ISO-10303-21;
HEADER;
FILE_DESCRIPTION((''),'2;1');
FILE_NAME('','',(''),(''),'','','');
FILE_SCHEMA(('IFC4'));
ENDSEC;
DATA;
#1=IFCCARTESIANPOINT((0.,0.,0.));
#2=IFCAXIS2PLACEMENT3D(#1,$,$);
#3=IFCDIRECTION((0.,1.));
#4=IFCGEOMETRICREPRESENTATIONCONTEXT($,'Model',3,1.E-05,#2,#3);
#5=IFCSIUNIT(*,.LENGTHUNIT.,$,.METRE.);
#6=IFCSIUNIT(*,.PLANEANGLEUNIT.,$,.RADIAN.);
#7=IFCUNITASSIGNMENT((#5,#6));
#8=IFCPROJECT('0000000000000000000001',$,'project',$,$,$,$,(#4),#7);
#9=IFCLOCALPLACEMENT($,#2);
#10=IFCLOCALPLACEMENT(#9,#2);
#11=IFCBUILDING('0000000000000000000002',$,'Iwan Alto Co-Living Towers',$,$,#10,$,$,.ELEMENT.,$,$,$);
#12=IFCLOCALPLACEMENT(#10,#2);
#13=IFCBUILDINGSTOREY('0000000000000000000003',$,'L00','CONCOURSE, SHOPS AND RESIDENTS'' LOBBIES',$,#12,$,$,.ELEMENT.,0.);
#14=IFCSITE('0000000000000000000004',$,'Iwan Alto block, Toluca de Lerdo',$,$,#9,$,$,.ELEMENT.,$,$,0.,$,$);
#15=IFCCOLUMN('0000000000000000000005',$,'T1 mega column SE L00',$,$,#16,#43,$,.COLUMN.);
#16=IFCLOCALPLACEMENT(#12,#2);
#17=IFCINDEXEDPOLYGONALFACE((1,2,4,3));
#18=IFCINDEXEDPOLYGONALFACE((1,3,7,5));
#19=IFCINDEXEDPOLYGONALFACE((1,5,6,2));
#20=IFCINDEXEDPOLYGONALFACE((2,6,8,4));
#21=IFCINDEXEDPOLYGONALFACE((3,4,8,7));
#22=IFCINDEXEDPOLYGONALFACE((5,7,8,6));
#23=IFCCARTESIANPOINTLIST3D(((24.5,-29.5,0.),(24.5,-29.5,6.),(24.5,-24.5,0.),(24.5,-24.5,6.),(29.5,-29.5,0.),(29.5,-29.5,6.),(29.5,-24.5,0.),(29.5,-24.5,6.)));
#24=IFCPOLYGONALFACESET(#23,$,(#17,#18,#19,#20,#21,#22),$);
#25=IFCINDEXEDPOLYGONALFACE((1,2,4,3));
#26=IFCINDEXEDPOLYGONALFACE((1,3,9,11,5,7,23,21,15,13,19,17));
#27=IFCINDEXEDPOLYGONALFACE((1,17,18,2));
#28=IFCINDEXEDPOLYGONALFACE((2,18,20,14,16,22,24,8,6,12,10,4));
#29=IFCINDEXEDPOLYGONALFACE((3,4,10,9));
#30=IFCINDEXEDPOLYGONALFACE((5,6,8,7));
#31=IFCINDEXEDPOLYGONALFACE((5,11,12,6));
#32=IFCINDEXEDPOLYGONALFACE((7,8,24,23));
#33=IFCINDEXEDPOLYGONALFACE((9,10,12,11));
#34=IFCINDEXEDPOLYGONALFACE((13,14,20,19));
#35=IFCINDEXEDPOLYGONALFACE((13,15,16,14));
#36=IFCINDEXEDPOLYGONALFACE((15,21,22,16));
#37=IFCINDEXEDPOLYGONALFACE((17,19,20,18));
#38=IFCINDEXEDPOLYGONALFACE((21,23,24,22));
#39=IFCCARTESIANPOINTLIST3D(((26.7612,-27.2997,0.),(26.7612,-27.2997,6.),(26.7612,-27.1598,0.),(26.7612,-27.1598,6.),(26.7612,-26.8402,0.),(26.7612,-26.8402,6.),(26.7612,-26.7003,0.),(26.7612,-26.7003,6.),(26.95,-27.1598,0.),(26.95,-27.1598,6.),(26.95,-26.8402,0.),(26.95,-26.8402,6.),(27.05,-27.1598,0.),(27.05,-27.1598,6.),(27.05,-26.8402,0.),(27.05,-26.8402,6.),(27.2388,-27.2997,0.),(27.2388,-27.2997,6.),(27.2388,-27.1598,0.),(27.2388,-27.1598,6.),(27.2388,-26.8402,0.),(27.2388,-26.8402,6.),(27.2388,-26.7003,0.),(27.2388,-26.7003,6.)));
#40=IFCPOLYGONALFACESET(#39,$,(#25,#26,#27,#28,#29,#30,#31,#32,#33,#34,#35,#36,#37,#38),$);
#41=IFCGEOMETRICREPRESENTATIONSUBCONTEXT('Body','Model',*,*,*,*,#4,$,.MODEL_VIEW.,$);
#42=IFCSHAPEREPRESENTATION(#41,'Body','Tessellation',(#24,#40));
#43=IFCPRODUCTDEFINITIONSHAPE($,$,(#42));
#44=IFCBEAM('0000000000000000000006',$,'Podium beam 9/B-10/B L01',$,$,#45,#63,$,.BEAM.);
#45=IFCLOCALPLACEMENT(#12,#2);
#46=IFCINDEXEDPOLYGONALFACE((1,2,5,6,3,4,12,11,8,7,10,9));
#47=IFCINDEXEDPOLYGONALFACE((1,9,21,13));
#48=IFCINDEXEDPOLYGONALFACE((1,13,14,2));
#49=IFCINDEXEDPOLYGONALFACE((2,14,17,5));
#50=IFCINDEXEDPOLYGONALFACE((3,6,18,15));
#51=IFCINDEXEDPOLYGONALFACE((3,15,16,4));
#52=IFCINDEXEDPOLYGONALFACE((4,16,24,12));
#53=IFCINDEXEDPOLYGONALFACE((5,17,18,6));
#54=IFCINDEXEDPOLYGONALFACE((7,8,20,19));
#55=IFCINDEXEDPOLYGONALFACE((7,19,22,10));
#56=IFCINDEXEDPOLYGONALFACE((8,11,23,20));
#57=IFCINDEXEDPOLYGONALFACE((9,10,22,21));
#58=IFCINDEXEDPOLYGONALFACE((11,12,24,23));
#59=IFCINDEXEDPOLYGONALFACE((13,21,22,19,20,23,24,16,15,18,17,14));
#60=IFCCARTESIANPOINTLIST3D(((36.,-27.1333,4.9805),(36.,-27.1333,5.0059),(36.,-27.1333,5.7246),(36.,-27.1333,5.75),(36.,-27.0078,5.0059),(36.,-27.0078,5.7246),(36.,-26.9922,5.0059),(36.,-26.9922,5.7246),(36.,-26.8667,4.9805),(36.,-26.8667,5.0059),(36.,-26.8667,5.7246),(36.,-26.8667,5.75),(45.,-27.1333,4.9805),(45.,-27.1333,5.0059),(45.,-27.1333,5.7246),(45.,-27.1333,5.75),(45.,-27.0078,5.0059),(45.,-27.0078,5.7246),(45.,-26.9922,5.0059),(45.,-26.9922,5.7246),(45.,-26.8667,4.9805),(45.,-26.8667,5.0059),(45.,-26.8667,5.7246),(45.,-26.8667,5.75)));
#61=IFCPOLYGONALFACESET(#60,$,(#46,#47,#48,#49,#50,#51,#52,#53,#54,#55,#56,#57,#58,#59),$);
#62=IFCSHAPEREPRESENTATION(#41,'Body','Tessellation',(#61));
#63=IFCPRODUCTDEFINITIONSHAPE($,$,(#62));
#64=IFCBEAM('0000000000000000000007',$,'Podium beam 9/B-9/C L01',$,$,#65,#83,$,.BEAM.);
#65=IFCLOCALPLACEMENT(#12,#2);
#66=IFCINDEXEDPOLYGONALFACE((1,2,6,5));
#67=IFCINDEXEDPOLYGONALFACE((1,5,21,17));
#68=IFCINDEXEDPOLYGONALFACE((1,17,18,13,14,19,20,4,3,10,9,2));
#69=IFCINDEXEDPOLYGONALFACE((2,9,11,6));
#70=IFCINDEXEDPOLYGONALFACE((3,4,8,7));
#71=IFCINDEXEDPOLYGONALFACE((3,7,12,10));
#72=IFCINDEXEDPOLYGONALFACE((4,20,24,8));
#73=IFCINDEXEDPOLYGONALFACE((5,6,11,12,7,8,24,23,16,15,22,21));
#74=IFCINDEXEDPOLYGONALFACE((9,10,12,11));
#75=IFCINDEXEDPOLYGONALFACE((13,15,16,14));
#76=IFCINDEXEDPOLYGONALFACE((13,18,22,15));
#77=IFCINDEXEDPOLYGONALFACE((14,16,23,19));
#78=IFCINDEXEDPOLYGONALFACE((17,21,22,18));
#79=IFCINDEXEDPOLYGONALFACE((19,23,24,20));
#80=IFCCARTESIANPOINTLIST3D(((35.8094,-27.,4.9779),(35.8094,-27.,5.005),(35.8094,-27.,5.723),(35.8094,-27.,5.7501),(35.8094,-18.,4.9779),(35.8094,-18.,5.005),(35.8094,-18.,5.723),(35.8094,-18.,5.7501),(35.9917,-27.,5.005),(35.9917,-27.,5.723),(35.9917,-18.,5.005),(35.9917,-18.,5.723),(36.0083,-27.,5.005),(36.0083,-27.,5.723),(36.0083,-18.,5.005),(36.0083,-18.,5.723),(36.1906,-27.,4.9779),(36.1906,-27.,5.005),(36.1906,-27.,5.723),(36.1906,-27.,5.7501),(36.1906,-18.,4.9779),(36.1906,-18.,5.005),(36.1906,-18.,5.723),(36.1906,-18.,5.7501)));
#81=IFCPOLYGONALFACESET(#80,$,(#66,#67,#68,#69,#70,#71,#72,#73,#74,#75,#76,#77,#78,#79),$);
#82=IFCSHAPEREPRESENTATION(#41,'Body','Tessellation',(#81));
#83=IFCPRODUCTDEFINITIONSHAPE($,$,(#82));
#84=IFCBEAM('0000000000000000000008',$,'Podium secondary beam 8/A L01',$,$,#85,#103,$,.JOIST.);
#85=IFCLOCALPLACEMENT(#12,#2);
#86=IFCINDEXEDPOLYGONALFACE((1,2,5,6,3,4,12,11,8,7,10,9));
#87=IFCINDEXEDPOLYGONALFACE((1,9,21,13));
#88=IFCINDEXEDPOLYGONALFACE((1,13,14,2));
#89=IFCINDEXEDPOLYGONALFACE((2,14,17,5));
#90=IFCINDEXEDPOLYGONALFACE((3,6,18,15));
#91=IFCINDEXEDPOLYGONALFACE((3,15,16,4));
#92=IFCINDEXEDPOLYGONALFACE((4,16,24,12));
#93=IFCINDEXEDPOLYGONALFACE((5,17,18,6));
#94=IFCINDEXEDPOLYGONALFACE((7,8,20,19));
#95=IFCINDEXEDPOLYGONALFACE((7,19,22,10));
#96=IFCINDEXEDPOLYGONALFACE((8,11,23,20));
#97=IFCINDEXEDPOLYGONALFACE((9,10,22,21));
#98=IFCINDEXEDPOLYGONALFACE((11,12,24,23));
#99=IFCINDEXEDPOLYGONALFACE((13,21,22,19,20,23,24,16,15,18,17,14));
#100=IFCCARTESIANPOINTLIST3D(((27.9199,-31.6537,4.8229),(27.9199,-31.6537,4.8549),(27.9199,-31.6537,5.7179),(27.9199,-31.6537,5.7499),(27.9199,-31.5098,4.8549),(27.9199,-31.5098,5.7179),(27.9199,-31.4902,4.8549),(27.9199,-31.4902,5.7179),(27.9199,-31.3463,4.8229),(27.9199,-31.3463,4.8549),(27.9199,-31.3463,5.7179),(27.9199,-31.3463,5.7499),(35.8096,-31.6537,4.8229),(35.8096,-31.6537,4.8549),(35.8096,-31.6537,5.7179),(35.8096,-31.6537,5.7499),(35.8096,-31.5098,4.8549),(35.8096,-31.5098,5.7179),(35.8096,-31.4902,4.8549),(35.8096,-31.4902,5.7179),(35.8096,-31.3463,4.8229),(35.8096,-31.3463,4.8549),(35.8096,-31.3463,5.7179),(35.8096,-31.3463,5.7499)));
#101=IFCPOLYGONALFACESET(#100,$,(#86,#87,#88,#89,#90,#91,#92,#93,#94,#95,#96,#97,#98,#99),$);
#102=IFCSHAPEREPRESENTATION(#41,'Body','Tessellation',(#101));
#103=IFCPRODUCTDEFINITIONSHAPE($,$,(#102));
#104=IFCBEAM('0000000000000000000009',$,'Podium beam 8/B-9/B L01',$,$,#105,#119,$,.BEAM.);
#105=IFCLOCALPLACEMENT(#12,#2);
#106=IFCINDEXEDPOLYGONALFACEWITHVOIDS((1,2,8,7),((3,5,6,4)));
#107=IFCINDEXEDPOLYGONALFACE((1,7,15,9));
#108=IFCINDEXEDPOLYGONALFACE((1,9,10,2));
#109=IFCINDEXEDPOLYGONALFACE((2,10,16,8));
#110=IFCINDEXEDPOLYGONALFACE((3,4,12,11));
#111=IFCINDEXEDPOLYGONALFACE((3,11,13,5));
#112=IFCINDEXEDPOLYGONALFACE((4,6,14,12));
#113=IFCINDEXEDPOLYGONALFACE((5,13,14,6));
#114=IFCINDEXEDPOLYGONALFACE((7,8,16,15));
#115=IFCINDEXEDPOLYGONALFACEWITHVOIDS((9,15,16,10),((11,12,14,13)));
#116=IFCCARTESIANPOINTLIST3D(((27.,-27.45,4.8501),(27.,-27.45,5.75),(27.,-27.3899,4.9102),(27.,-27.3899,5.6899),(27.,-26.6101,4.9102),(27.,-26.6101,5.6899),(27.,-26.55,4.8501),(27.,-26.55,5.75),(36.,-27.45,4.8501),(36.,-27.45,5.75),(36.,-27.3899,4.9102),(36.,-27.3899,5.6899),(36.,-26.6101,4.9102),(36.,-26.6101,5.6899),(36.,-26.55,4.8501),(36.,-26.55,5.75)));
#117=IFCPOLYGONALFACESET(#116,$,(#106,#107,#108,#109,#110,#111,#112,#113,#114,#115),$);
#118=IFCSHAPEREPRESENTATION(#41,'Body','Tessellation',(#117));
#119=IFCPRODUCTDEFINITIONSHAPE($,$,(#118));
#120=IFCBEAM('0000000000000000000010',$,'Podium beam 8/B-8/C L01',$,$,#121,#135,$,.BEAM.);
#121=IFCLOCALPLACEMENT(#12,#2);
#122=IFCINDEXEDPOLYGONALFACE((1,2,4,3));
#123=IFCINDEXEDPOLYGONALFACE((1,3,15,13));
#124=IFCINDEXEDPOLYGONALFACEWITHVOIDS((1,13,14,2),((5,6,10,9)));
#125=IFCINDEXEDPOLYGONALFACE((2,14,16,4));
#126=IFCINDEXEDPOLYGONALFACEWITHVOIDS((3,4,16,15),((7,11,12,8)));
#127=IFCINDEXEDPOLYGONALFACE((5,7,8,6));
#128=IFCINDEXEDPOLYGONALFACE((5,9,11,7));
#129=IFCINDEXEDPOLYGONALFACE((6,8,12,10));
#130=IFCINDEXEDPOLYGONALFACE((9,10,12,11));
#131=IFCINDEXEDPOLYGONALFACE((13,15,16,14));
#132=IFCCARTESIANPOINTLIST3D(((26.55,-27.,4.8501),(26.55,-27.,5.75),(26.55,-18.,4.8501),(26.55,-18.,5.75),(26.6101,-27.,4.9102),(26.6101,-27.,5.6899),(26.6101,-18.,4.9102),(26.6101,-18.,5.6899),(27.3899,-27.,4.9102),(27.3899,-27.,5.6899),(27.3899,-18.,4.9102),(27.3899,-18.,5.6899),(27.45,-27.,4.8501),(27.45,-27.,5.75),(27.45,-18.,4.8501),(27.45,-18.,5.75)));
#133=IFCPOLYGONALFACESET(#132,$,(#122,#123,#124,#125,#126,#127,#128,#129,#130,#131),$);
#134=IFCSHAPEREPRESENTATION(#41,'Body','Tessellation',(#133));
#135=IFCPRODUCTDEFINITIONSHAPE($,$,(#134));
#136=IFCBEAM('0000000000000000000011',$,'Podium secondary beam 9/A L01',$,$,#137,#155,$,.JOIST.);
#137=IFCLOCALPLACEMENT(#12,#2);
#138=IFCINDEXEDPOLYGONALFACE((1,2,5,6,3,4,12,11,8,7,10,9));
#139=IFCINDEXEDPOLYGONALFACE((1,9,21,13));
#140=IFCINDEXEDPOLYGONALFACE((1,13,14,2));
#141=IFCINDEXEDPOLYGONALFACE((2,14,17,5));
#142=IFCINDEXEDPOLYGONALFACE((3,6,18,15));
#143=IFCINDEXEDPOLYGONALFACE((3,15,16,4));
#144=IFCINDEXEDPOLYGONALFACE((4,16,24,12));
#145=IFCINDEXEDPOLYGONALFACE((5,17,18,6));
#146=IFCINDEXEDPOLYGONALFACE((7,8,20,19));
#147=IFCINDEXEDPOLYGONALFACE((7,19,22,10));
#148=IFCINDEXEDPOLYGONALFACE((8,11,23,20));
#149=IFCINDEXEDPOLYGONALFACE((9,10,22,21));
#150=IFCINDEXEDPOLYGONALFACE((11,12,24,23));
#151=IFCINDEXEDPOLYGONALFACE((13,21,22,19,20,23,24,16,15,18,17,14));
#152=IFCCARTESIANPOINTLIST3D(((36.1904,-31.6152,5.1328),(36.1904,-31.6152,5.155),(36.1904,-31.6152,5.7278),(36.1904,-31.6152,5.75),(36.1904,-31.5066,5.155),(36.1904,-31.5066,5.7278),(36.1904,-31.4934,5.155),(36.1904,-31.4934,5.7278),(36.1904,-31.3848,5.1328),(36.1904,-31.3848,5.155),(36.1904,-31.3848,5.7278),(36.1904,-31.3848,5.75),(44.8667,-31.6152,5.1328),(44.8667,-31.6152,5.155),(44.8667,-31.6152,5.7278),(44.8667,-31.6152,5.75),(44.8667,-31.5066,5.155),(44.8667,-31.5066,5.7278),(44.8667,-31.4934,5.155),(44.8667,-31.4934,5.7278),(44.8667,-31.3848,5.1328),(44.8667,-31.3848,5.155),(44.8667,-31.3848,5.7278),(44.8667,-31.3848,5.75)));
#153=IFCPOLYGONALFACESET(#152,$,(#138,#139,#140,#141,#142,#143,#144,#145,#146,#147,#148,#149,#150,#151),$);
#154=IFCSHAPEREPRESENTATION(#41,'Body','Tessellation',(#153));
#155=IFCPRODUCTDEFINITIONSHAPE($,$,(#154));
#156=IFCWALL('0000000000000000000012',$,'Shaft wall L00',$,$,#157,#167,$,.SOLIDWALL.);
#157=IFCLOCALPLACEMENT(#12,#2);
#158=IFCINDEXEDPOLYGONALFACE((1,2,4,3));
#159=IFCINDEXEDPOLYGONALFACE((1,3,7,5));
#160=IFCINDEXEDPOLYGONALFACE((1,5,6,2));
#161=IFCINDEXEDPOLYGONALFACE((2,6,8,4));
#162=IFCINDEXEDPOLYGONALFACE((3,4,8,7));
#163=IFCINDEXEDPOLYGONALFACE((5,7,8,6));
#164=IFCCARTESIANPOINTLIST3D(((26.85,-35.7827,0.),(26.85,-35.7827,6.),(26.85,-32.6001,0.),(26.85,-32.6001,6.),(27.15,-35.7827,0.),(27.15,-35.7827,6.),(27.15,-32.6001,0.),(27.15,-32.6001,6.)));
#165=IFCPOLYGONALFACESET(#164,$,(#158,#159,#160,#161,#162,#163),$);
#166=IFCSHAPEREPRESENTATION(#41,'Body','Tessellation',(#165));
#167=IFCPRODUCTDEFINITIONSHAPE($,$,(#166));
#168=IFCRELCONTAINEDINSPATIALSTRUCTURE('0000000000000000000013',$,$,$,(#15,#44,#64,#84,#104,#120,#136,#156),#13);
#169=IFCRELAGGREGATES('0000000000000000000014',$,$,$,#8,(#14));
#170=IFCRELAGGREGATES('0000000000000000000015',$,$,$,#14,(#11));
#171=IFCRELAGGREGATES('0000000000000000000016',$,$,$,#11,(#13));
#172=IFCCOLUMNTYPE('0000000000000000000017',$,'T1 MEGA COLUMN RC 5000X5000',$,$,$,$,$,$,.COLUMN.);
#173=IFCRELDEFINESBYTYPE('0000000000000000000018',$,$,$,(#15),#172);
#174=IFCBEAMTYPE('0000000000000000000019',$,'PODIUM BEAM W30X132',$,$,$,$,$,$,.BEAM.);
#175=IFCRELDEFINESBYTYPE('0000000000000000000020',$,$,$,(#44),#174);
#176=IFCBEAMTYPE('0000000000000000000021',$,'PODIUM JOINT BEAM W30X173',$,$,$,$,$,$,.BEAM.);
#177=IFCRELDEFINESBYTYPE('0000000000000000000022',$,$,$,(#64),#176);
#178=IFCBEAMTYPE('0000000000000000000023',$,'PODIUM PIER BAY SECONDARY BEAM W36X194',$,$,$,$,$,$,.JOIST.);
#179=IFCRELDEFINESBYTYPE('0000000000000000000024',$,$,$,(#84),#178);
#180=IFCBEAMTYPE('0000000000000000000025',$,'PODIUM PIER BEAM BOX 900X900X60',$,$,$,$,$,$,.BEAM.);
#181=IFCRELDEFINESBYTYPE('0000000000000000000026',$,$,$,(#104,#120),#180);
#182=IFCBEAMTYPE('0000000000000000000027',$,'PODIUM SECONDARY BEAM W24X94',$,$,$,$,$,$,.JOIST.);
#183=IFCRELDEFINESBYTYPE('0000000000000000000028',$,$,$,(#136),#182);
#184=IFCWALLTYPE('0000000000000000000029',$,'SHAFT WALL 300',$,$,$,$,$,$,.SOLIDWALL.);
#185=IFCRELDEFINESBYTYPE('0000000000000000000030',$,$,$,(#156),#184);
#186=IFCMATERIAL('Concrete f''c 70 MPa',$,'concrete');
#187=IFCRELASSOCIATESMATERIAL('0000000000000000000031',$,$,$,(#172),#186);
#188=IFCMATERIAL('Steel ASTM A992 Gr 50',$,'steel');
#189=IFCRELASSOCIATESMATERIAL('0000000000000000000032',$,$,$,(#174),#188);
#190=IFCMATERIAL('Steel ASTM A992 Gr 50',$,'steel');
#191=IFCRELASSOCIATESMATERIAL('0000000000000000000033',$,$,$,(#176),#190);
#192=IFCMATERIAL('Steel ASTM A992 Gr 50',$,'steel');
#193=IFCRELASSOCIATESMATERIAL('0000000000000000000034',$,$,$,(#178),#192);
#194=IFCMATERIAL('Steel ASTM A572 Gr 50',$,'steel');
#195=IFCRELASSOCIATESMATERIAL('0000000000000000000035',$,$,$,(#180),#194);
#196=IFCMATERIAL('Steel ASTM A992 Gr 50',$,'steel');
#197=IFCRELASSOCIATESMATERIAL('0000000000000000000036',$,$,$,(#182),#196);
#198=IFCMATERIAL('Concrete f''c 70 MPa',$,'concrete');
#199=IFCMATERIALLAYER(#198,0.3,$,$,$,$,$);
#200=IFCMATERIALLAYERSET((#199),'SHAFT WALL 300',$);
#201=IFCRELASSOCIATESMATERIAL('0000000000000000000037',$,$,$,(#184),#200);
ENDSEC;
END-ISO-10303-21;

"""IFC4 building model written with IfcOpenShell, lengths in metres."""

from ifc_helpers import new_model, si_unit, direction, frame, frame_2d, origin, origin_2d, place, context, subcontext, project, spatial, rectangle, hollow_rectangle, i_section, extrude, material, layer, layer_set, material_profile, profile_set, type_object, element, save


model = new_model("IFC4")

# Units and contexts
model_context = context("Model", 3, precision=1e-05, world=origin(), true_north=direction((0.0, 1.0)))
body_context = subcontext(model_context, "Body", "Model", "MODEL_VIEW")
ifc_project = project(units=[si_unit("LENGTHUNIT", "METRE"), si_unit("PLANEANGLEUNIT", "RADIAN")], contexts=[model_context])

# Site, building, storey
site_placement = place(None, origin())
site = spatial("IfcSite", under=ifc_project, at=site_placement, Name="Iwan Alto block, Toluca de Lerdo", CompositionType="ELEMENT", RefElevation=0.0)
building_placement = place(site_placement, origin())
building = spatial("IfcBuilding", under=site, at=building_placement, Name="Iwan Alto Co-Living Towers", CompositionType="ELEMENT")
storey_placement = place(building_placement, origin())
storey = spatial("IfcBuildingStorey", under=building, at=storey_placement, Name="L00", Description="CONCOURSE, SHOPS AND RESIDENTS' LOBBIES", CompositionType="ELEMENT", Elevation=0.0)

# Column
ifc_material_1 = material(Name="Concrete f'c 70 MPa", Category="concrete")
ifc_material_profile_1 = material_profile(ifc_material_1, rectangle(XDim=5.0, YDim=5.0, at=origin_2d()), Name="RC 5000X5000")
ifc_profile_set_1 = profile_set([ifc_material_profile_1], Name="Concrete f'c 70 MPa")
column_type_1 = type_object("IfcColumnType", Name="T1 MEGA COLUMN RC 5000X5000", PredefinedType="COLUMN", material=ifc_profile_set_1)
column_1_placement = place(storey_placement, frame((27.0, -27.0, 0.0), z_axis=(0.0, 0.0, 1.0), x_axis=(1.0, 0.0, 0.0)))
element("IfcColumn", 1, at=column_1_placement, inside=storey, type_object=column_type_1, Name="T1 mega column SE L00", PredefinedType="COLUMN", context=body_context, shape_type="SweptSolid", body=[
    extrude(rectangle(XDim=5.0, YDim=5.0, at=origin_2d()), origin(), (0.0, 0.0, 1.0), 6.0),
    extrude(i_section(OverallWidth=0.4775, OverallDepth=0.5994, WebThickness=0.1001, FlangeThickness=0.1399, at=origin_2d()), origin(), (0.0, 0.0, 1.0), 6.0),
])

# Beams
ifc_material_2 = material(Name="Steel ASTM A992 Gr 50", Category="steel")
ifc_material_profile_2 = material_profile(ifc_material_2, i_section(OverallWidth=0.2666, OverallDepth=0.7695, WebThickness=0.0156, FlangeThickness=0.0254, at=origin_2d()), Name="W30X132")
ifc_profile_set_2 = profile_set([ifc_material_profile_2], Name="Steel ASTM A992 Gr 50")
beam_type_1 = type_object("IfcBeamType", Name="PODIUM BEAM W30X132", PredefinedType="BEAM", material=ifc_profile_set_2)
beam_1_placement = place(storey_placement, frame((36.0, -27.0, 5.3652), z_axis=(1.0, 0.0, 0.0), x_axis=(0.0, 1.0, 0.0)))
element("IfcBeam", 2, at=beam_1_placement, inside=storey, type_object=beam_type_1, Name="Podium beam 9/B-10/B L01", PredefinedType="BEAM", context=body_context, shape_type="SweptSolid", body=[
    extrude(i_section(OverallWidth=0.2666, OverallDepth=0.7695, WebThickness=0.0156, FlangeThickness=0.0254, at=origin_2d()), origin(), (0.0, 0.0, 1.0), 9.0),
])
ifc_material_3 = material(Name="Steel ASTM A992 Gr 50", Category="steel")
ifc_material_profile_3 = material_profile(ifc_material_3, i_section(OverallWidth=0.3811, OverallDepth=0.7722, WebThickness=0.0166, FlangeThickness=0.0271, at=origin_2d()), Name="W30X173")
ifc_profile_set_3 = profile_set([ifc_material_profile_3], Name="Steel ASTM A992 Gr 50")
beam_type_2 = type_object("IfcBeamType", Name="PODIUM JOINT BEAM W30X173", PredefinedType="BEAM", material=ifc_profile_set_3)
beam_2_placement = place(storey_placement, frame((36.0, -27.0, 5.364), z_axis=(0.0, 1.0, 0.0), x_axis=(-1.0, 0.0, 0.0)))
element("IfcBeam", 3, at=beam_2_placement, inside=storey, type_object=beam_type_2, Name="Podium beam 9/B-9/C L01", PredefinedType="BEAM", context=body_context, shape_type="SweptSolid", body=[
    extrude(i_section(OverallWidth=0.3811, OverallDepth=0.7722, WebThickness=0.0166, FlangeThickness=0.0271, at=origin_2d()), origin(), (0.0, 0.0, 1.0), 9.0),
])
ifc_material_4 = material(Name="Steel ASTM A992 Gr 50", Category="steel")
ifc_material_profile_4 = material_profile(ifc_material_4, i_section(OverallWidth=0.3074, OverallDepth=0.927, WebThickness=0.0195, FlangeThickness=0.032, at=origin_2d()), Name="W36X194")
ifc_profile_set_4 = profile_set([ifc_material_profile_4], Name="Steel ASTM A992 Gr 50")
beam_type_3 = type_object("IfcBeamType", Name="PODIUM PIER BAY SECONDARY BEAM W36X194", PredefinedType="JOIST", material=ifc_profile_set_4)
beam_3_placement = place(storey_placement, frame((27.9199, -31.5, 5.2864), z_axis=(1.0, 0.0, 0.0), x_axis=(0.0, 1.0, 0.0)))
element("IfcBeam", 4, at=beam_3_placement, inside=storey, type_object=beam_type_3, Name="Podium secondary beam 8/A L01", PredefinedType="JOIST", context=body_context, shape_type="SweptSolid", body=[
    extrude(i_section(OverallWidth=0.3074, OverallDepth=0.927, WebThickness=0.0195, FlangeThickness=0.032, at=origin_2d()), origin(), (0.0, 0.0, 1.0), 7.8896),
])
ifc_material_5 = material(Name="Steel ASTM A572 Gr 50", Category="steel")
ifc_material_profile_5 = material_profile(ifc_material_5, hollow_rectangle(XDim=0.8999, YDim=0.8999, WallThickness=0.0601, at=origin_2d()), Name="BOX 900X900X60")
ifc_profile_set_5 = profile_set([ifc_material_profile_5], Name="Steel ASTM A572 Gr 50")
beam_type_4 = type_object("IfcBeamType", Name="PODIUM PIER BEAM BOX 900X900X60", PredefinedType="BEAM", material=ifc_profile_set_5)
for number, where, z_axis, x_axis, name in (
    (5, (27.0, -27.0, 5.3), (1.0, 0.0, 0.0), (0.0, 1.0, 0.0), "Podium beam 8/B-9/B L01"),
    (6, (27.0, -27.0, 5.3), (0.0, 1.0, 0.0), (-1.0, 0.0, 0.0), "Podium beam 8/B-8/C L01"),
):
    element("IfcBeam", number, at=place(storey_placement, frame(where, z_axis=z_axis, x_axis=x_axis)), inside=storey, type_object=beam_type_4, Name=name, PredefinedType="BEAM", context=body_context, shape_type="SweptSolid", body=[
        extrude(hollow_rectangle(XDim=0.8999, YDim=0.8999, WallThickness=0.0601, at=origin_2d()), origin(), (0.0, 0.0, 1.0), 9.0),
    ])
ifc_material_6 = material(Name="Steel ASTM A992 Gr 50", Category="steel")
ifc_material_profile_6 = material_profile(ifc_material_6, i_section(OverallWidth=0.2305, OverallDepth=0.6172, WebThickness=0.0132, FlangeThickness=0.0222, at=origin_2d()), Name="W24X94")
ifc_profile_set_6 = profile_set([ifc_material_profile_6], Name="Steel ASTM A992 Gr 50")
beam_type_5 = type_object("IfcBeamType", Name="PODIUM SECONDARY BEAM W24X94", PredefinedType="JOIST", material=ifc_profile_set_6)
beam_4_placement = place(storey_placement, frame((36.1904, -31.5, 5.4414), z_axis=(1.0, 0.0, 0.0), x_axis=(0.0, 1.0, 0.0)))
element("IfcBeam", 7, at=beam_4_placement, inside=storey, type_object=beam_type_5, Name="Podium secondary beam 9/A L01", PredefinedType="JOIST", context=body_context, shape_type="SweptSolid", body=[
    extrude(i_section(OverallWidth=0.2305, OverallDepth=0.6172, WebThickness=0.0132, FlangeThickness=0.0222, at=origin_2d()), origin(), (0.0, 0.0, 1.0), 8.6763),
])

# Wall
ifc_material_7 = material(Name="Concrete f'c 70 MPa", Category="concrete")
ifc_layer = layer(ifc_material_7, 0.3)
ifc_layer_set = layer_set([ifc_layer], Name="SHAFT WALL 300")
wall_type = type_object("IfcWallType", Name="SHAFT WALL 300", PredefinedType="SOLIDWALL", material=ifc_layer_set)
wall_placement = place(storey_placement, frame((27.0, -35.7827, 0.0), z_axis=(0.0, 0.0, 1.0), x_axis=(0.0, 1.0, 0.0)))
element("IfcWall", 8, at=wall_placement, inside=storey, type_object=wall_type, Name="Shaft wall L00", PredefinedType="SOLIDWALL", context=body_context, shape_type="SweptSolid", body=[
    extrude(rectangle(XDim=3.1826, YDim=0.3, at=frame_2d((1.5913, 0.0))), origin(), (0.0, 0.0, 1.0), 6.0),
])

save(model, "model.ifc")
